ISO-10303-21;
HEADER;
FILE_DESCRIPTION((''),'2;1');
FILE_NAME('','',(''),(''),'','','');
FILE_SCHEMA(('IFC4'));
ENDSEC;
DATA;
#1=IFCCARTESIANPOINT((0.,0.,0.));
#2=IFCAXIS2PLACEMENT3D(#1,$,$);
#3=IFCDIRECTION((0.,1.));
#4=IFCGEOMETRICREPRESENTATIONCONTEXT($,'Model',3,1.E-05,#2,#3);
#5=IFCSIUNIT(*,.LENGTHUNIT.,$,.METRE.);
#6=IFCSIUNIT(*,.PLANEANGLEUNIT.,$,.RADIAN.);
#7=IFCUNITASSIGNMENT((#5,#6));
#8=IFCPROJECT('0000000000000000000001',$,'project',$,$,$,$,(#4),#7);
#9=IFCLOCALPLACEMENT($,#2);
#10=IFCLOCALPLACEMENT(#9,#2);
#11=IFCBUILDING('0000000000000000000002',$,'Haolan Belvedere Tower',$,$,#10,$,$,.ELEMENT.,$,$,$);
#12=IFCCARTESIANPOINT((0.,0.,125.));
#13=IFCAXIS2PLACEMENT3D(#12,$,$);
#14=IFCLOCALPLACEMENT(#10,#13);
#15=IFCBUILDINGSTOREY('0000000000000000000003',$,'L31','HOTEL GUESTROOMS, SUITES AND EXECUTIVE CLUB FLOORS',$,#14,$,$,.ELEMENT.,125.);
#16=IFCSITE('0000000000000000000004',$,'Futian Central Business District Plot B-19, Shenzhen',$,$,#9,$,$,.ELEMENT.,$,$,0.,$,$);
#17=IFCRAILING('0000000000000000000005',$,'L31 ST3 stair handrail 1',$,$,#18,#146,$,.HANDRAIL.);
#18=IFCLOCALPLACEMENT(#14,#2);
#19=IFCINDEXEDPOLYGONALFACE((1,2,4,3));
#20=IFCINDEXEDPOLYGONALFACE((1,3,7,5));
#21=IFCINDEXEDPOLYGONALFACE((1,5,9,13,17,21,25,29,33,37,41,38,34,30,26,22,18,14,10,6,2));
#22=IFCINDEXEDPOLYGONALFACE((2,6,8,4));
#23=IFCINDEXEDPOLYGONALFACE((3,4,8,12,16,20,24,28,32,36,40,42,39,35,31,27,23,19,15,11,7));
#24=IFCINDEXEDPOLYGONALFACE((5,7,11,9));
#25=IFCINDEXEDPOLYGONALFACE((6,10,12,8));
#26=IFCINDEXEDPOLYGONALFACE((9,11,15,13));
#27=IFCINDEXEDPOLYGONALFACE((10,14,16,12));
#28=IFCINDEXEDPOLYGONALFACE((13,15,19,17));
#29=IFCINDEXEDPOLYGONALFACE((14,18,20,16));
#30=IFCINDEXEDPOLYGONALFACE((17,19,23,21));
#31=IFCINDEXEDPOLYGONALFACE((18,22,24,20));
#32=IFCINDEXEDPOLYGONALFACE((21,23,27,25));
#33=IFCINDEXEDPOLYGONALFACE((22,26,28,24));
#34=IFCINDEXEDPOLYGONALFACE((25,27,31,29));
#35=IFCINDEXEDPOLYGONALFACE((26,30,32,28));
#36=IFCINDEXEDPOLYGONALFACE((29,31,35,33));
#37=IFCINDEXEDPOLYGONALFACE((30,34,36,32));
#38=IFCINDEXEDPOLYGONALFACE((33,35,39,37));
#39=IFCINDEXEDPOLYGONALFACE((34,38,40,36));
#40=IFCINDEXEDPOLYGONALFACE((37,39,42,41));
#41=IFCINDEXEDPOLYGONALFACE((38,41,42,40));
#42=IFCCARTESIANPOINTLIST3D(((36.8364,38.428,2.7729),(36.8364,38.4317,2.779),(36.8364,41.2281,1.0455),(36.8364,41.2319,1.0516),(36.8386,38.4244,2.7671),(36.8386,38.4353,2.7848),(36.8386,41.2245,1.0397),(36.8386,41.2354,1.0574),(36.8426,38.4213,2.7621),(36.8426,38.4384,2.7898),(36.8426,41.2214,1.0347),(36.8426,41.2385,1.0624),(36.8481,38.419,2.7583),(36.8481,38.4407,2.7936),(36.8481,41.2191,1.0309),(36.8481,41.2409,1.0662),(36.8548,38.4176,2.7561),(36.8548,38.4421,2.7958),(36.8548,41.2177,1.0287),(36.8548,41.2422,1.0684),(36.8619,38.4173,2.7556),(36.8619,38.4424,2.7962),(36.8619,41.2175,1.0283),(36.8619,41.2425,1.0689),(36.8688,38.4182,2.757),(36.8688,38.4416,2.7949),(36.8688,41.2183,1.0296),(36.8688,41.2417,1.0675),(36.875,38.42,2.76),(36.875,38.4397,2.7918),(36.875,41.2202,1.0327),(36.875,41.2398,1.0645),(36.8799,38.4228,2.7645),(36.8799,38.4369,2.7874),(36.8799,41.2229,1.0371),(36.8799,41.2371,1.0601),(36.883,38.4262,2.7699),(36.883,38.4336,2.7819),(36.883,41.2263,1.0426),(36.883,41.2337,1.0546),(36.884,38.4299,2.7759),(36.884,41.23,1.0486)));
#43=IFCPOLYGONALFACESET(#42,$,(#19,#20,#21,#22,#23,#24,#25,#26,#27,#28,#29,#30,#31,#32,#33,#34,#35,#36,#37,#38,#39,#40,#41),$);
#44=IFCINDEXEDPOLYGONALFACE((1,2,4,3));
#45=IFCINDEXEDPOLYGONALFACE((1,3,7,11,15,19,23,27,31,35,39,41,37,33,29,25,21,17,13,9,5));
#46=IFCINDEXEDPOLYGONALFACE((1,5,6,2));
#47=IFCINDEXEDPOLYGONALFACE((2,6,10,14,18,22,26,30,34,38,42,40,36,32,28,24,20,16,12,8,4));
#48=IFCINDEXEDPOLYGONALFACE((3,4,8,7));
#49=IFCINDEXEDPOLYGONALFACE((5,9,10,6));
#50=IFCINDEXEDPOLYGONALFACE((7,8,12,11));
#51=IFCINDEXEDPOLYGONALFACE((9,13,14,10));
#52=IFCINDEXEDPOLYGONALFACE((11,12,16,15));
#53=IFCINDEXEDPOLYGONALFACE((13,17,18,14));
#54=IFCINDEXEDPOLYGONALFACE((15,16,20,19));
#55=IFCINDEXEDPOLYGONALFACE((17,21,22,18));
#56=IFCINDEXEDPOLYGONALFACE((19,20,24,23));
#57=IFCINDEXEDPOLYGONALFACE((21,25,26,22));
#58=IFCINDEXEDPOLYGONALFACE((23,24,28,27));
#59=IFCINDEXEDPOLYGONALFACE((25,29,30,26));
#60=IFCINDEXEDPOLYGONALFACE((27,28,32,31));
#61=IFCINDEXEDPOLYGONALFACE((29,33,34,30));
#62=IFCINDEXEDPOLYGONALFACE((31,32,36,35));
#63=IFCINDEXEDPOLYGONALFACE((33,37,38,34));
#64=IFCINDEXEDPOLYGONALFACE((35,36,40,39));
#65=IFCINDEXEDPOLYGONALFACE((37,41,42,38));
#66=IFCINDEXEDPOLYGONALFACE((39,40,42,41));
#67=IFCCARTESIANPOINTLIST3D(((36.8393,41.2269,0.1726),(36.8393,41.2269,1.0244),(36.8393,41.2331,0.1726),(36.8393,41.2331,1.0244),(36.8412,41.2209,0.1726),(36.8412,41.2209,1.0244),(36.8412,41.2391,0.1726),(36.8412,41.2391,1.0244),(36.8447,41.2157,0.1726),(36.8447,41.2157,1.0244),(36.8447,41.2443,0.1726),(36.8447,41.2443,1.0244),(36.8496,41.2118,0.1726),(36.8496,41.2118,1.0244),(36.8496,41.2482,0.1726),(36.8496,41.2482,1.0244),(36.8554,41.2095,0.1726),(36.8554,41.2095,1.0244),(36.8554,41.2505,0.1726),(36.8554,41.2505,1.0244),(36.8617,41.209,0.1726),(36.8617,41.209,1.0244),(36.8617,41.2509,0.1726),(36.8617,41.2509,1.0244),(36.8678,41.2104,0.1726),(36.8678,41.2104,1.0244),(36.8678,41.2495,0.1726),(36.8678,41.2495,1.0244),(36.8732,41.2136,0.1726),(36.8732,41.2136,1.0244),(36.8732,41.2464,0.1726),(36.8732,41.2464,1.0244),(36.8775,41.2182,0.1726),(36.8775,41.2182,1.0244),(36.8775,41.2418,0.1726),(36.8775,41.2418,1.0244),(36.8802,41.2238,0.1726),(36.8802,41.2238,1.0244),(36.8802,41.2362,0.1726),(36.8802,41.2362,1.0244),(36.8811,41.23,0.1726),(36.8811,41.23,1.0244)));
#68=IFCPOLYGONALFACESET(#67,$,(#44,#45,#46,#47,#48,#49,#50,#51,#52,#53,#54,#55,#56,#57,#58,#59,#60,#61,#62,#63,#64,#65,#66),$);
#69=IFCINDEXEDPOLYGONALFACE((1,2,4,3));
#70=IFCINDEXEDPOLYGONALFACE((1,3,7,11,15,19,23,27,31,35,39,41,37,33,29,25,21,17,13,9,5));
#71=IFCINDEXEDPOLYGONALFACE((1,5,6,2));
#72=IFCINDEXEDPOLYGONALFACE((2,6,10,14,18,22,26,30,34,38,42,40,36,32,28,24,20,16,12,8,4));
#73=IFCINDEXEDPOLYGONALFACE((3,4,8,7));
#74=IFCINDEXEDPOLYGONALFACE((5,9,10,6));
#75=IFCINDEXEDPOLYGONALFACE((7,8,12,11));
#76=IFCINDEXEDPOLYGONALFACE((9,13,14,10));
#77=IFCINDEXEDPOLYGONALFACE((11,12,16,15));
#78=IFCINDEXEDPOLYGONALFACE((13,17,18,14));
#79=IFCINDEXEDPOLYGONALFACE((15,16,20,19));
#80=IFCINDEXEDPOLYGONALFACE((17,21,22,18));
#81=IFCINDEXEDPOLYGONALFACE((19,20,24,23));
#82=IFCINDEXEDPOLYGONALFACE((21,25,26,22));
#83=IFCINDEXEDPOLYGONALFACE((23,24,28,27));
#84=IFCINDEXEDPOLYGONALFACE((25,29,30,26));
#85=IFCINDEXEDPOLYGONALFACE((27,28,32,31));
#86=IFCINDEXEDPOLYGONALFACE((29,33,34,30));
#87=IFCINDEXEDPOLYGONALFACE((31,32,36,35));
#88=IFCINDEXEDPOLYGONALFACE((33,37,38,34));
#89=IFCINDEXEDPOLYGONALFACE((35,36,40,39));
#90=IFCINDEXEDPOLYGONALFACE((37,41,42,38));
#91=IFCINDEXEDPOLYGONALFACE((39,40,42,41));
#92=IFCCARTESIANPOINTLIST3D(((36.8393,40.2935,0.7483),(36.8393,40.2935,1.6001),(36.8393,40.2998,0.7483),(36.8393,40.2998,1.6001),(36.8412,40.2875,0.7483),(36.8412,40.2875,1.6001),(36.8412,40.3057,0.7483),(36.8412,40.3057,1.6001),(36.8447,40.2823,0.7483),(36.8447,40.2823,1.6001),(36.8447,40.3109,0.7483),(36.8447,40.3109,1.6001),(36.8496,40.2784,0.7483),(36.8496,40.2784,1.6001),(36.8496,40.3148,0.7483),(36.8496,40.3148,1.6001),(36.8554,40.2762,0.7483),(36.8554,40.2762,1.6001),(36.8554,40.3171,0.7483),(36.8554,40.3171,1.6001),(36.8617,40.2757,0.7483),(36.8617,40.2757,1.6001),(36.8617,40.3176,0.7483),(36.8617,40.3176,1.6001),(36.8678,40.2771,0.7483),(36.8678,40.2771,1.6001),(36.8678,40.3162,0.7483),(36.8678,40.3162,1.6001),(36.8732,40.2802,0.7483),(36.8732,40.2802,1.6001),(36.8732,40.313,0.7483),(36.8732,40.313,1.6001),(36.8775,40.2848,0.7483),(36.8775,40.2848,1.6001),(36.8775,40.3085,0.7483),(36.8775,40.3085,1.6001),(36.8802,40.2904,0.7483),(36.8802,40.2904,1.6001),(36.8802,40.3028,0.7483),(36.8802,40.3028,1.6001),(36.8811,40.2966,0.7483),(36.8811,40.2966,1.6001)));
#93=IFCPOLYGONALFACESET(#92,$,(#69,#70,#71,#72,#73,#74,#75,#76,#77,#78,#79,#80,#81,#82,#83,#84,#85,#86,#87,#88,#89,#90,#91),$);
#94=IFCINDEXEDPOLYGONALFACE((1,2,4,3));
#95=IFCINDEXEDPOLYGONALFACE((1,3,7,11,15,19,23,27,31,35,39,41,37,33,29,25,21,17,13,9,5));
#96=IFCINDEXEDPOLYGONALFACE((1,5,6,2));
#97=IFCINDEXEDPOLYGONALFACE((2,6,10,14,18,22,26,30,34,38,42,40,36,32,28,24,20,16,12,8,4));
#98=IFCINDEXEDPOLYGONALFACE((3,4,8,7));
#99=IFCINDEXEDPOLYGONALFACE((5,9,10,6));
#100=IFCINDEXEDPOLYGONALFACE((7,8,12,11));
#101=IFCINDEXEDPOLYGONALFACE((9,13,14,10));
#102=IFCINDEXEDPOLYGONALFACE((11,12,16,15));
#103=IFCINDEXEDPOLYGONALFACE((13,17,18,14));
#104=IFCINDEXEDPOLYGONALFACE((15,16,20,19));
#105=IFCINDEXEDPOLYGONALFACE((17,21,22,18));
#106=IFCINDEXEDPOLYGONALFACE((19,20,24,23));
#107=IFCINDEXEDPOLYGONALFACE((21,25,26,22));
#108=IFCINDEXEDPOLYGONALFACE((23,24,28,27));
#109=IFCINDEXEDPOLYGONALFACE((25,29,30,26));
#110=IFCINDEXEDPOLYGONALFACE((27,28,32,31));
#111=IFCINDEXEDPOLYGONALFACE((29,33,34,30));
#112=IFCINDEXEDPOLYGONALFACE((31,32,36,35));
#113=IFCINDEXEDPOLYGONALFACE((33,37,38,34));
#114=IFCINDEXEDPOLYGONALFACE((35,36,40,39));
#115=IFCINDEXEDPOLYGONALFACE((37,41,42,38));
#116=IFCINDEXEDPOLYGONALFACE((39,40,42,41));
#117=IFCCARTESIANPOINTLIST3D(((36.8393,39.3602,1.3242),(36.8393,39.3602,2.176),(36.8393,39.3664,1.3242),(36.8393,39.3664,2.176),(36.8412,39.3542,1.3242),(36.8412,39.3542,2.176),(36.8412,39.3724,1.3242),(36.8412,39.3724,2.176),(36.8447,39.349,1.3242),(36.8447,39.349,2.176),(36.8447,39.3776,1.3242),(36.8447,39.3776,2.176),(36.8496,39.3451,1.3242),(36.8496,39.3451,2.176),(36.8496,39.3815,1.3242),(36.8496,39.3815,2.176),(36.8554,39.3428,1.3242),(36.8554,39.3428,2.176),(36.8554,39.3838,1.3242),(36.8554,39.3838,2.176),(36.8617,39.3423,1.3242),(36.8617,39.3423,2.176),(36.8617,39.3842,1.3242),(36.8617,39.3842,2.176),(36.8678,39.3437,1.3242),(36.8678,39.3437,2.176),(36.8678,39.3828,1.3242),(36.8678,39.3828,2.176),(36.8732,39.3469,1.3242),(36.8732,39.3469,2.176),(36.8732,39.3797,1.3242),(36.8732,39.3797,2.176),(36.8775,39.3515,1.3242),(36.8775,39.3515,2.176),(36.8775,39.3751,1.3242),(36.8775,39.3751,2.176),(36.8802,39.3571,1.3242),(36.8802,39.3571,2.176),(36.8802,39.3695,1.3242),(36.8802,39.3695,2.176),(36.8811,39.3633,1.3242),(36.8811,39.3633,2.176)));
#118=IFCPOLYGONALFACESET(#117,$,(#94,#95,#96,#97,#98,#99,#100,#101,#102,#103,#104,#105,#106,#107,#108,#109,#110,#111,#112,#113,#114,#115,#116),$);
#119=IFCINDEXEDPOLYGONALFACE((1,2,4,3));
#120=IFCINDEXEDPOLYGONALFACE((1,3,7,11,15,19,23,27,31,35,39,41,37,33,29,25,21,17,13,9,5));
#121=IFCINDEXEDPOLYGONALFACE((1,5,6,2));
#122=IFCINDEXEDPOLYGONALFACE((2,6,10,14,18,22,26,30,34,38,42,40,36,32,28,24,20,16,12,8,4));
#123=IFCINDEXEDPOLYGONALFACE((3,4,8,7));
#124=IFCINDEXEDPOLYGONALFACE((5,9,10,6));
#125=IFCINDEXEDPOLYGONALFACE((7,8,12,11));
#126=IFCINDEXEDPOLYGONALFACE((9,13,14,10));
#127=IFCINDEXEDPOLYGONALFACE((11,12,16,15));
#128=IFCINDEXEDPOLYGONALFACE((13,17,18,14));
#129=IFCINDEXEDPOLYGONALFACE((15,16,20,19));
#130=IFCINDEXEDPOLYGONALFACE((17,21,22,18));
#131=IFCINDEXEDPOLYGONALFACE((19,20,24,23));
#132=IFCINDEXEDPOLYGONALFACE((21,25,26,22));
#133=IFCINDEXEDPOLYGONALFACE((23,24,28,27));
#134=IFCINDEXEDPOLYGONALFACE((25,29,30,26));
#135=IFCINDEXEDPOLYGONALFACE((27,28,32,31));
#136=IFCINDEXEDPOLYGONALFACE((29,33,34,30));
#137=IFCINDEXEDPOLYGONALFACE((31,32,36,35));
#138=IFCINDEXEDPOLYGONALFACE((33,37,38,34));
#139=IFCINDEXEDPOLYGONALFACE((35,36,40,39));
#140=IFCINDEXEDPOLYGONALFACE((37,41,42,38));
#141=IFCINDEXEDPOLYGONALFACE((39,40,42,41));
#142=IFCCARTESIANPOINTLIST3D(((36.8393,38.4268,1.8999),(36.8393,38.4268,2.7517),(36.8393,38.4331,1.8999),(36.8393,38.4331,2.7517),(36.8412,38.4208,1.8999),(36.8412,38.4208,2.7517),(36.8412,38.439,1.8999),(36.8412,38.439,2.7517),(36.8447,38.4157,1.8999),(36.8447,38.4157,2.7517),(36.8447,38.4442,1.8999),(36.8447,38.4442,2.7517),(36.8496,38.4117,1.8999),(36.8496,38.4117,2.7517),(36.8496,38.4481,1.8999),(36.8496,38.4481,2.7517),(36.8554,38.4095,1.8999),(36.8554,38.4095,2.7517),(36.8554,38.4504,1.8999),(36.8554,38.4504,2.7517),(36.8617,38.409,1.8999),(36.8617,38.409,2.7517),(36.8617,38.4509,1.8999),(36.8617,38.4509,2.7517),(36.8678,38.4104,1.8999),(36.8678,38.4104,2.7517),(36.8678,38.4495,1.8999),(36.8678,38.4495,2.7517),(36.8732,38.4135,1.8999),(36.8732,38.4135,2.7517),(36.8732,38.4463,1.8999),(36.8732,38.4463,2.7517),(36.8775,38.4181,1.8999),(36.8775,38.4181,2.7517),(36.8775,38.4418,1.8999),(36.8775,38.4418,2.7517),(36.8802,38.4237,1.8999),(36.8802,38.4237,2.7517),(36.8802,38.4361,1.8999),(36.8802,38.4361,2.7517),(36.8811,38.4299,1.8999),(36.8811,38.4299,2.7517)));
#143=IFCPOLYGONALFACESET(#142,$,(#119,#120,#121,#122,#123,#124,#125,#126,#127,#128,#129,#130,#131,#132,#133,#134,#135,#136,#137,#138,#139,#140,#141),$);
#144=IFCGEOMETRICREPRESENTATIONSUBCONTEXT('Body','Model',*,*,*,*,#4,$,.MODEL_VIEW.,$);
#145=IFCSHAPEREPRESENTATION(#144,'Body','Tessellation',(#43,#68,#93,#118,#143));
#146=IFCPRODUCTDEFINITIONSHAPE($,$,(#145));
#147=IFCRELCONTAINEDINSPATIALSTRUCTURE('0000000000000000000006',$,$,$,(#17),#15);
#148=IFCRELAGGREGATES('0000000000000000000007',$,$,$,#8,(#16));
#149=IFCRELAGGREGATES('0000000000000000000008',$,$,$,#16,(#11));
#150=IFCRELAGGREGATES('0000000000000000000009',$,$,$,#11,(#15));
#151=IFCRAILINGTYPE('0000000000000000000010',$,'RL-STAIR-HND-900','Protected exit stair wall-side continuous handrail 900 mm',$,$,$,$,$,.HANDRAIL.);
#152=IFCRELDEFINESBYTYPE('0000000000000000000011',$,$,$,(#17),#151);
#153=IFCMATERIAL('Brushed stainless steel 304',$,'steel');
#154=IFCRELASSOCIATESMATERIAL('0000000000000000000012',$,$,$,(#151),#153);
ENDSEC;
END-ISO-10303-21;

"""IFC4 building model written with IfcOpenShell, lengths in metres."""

from ifc_helpers import new_model, si_unit, direction, frame, origin, origin_2d, place, context, subcontext, project, spatial, circle, extrude, material, type_object, element, save


model = new_model("IFC4")

# Units and contexts
model_context = context("Model", 3, precision=1e-05, world=origin(), true_north=direction((0.0, 1.0)))
body_context = subcontext(model_context, "Body", "Model", "MODEL_VIEW")
ifc_project = project(units=[si_unit("LENGTHUNIT", "METRE"), si_unit("PLANEANGLEUNIT", "RADIAN")], contexts=[model_context])

# Site, building, storey
site_placement = place(None, origin())
site = spatial("IfcSite", under=ifc_project, at=site_placement, Name="Futian Central Business District Plot B-19, Shenzhen", CompositionType="ELEMENT", RefElevation=0.0)
building_placement = place(site_placement, origin())
building = spatial("IfcBuilding", under=site, at=building_placement, Name="Haolan Belvedere Tower", CompositionType="ELEMENT")
storey_placement = place(building_placement, frame((0.0, 0.0, 125.0)))
storey = spatial("IfcBuildingStorey", under=building, at=storey_placement, Name="L31", Description="HOTEL GUESTROOMS, SUITES AND EXECUTIVE CLUB FLOORS", CompositionType="ELEMENT", Elevation=125.0)

# Railing
ifc_material_1 = material(Name="Brushed stainless steel 304", Category="steel")
railing_type_1 = type_object("IfcRailingType", Name="RL-STAIR-HND-900", Description="Protected exit stair wall-side continuous handrail 900 mm", PredefinedType="HANDRAIL", material=ifc_material_1)
railing_1_placement = place(storey_placement, frame((36.8601, 41.23, 0.1726)))
element("IfcRailing", 1, at=railing_1_placement, inside=storey, type_object=railing_type_1, Name="L31 ST3 stair handrail 1", PredefinedType="HANDRAIL", context=body_context, shape_type="SweptSolid", body=[
    extrude(circle(Radius=0.0239, at=origin_2d()), frame((0.0, 0.0, 0.876), z_axis=(0.0, -0.85109, 0.52502), x_axis=(1.0, 0.0, 0.0)), (0.0, 0.0, 1.0), 3.29),
    extrude(circle(Radius=0.021, at=origin_2d()), origin(), (0.0, 0.0, 1.0), 0.8518),
    extrude(circle(Radius=0.021, at=origin_2d()), frame((0.0, -0.9333, 0.5757)), (0.0, 0.0, 1.0), 0.8518),
    extrude(circle(Radius=0.021, at=origin_2d()), frame((0.0, -1.8667, 1.1516)), (0.0, 0.0, 1.0), 0.8518),
    extrude(circle(Radius=0.021, at=origin_2d()), frame((0.0, -2.8, 1.7273)), (0.0, 0.0, 1.0), 0.8518),
])

save(model, "model.ifc")
